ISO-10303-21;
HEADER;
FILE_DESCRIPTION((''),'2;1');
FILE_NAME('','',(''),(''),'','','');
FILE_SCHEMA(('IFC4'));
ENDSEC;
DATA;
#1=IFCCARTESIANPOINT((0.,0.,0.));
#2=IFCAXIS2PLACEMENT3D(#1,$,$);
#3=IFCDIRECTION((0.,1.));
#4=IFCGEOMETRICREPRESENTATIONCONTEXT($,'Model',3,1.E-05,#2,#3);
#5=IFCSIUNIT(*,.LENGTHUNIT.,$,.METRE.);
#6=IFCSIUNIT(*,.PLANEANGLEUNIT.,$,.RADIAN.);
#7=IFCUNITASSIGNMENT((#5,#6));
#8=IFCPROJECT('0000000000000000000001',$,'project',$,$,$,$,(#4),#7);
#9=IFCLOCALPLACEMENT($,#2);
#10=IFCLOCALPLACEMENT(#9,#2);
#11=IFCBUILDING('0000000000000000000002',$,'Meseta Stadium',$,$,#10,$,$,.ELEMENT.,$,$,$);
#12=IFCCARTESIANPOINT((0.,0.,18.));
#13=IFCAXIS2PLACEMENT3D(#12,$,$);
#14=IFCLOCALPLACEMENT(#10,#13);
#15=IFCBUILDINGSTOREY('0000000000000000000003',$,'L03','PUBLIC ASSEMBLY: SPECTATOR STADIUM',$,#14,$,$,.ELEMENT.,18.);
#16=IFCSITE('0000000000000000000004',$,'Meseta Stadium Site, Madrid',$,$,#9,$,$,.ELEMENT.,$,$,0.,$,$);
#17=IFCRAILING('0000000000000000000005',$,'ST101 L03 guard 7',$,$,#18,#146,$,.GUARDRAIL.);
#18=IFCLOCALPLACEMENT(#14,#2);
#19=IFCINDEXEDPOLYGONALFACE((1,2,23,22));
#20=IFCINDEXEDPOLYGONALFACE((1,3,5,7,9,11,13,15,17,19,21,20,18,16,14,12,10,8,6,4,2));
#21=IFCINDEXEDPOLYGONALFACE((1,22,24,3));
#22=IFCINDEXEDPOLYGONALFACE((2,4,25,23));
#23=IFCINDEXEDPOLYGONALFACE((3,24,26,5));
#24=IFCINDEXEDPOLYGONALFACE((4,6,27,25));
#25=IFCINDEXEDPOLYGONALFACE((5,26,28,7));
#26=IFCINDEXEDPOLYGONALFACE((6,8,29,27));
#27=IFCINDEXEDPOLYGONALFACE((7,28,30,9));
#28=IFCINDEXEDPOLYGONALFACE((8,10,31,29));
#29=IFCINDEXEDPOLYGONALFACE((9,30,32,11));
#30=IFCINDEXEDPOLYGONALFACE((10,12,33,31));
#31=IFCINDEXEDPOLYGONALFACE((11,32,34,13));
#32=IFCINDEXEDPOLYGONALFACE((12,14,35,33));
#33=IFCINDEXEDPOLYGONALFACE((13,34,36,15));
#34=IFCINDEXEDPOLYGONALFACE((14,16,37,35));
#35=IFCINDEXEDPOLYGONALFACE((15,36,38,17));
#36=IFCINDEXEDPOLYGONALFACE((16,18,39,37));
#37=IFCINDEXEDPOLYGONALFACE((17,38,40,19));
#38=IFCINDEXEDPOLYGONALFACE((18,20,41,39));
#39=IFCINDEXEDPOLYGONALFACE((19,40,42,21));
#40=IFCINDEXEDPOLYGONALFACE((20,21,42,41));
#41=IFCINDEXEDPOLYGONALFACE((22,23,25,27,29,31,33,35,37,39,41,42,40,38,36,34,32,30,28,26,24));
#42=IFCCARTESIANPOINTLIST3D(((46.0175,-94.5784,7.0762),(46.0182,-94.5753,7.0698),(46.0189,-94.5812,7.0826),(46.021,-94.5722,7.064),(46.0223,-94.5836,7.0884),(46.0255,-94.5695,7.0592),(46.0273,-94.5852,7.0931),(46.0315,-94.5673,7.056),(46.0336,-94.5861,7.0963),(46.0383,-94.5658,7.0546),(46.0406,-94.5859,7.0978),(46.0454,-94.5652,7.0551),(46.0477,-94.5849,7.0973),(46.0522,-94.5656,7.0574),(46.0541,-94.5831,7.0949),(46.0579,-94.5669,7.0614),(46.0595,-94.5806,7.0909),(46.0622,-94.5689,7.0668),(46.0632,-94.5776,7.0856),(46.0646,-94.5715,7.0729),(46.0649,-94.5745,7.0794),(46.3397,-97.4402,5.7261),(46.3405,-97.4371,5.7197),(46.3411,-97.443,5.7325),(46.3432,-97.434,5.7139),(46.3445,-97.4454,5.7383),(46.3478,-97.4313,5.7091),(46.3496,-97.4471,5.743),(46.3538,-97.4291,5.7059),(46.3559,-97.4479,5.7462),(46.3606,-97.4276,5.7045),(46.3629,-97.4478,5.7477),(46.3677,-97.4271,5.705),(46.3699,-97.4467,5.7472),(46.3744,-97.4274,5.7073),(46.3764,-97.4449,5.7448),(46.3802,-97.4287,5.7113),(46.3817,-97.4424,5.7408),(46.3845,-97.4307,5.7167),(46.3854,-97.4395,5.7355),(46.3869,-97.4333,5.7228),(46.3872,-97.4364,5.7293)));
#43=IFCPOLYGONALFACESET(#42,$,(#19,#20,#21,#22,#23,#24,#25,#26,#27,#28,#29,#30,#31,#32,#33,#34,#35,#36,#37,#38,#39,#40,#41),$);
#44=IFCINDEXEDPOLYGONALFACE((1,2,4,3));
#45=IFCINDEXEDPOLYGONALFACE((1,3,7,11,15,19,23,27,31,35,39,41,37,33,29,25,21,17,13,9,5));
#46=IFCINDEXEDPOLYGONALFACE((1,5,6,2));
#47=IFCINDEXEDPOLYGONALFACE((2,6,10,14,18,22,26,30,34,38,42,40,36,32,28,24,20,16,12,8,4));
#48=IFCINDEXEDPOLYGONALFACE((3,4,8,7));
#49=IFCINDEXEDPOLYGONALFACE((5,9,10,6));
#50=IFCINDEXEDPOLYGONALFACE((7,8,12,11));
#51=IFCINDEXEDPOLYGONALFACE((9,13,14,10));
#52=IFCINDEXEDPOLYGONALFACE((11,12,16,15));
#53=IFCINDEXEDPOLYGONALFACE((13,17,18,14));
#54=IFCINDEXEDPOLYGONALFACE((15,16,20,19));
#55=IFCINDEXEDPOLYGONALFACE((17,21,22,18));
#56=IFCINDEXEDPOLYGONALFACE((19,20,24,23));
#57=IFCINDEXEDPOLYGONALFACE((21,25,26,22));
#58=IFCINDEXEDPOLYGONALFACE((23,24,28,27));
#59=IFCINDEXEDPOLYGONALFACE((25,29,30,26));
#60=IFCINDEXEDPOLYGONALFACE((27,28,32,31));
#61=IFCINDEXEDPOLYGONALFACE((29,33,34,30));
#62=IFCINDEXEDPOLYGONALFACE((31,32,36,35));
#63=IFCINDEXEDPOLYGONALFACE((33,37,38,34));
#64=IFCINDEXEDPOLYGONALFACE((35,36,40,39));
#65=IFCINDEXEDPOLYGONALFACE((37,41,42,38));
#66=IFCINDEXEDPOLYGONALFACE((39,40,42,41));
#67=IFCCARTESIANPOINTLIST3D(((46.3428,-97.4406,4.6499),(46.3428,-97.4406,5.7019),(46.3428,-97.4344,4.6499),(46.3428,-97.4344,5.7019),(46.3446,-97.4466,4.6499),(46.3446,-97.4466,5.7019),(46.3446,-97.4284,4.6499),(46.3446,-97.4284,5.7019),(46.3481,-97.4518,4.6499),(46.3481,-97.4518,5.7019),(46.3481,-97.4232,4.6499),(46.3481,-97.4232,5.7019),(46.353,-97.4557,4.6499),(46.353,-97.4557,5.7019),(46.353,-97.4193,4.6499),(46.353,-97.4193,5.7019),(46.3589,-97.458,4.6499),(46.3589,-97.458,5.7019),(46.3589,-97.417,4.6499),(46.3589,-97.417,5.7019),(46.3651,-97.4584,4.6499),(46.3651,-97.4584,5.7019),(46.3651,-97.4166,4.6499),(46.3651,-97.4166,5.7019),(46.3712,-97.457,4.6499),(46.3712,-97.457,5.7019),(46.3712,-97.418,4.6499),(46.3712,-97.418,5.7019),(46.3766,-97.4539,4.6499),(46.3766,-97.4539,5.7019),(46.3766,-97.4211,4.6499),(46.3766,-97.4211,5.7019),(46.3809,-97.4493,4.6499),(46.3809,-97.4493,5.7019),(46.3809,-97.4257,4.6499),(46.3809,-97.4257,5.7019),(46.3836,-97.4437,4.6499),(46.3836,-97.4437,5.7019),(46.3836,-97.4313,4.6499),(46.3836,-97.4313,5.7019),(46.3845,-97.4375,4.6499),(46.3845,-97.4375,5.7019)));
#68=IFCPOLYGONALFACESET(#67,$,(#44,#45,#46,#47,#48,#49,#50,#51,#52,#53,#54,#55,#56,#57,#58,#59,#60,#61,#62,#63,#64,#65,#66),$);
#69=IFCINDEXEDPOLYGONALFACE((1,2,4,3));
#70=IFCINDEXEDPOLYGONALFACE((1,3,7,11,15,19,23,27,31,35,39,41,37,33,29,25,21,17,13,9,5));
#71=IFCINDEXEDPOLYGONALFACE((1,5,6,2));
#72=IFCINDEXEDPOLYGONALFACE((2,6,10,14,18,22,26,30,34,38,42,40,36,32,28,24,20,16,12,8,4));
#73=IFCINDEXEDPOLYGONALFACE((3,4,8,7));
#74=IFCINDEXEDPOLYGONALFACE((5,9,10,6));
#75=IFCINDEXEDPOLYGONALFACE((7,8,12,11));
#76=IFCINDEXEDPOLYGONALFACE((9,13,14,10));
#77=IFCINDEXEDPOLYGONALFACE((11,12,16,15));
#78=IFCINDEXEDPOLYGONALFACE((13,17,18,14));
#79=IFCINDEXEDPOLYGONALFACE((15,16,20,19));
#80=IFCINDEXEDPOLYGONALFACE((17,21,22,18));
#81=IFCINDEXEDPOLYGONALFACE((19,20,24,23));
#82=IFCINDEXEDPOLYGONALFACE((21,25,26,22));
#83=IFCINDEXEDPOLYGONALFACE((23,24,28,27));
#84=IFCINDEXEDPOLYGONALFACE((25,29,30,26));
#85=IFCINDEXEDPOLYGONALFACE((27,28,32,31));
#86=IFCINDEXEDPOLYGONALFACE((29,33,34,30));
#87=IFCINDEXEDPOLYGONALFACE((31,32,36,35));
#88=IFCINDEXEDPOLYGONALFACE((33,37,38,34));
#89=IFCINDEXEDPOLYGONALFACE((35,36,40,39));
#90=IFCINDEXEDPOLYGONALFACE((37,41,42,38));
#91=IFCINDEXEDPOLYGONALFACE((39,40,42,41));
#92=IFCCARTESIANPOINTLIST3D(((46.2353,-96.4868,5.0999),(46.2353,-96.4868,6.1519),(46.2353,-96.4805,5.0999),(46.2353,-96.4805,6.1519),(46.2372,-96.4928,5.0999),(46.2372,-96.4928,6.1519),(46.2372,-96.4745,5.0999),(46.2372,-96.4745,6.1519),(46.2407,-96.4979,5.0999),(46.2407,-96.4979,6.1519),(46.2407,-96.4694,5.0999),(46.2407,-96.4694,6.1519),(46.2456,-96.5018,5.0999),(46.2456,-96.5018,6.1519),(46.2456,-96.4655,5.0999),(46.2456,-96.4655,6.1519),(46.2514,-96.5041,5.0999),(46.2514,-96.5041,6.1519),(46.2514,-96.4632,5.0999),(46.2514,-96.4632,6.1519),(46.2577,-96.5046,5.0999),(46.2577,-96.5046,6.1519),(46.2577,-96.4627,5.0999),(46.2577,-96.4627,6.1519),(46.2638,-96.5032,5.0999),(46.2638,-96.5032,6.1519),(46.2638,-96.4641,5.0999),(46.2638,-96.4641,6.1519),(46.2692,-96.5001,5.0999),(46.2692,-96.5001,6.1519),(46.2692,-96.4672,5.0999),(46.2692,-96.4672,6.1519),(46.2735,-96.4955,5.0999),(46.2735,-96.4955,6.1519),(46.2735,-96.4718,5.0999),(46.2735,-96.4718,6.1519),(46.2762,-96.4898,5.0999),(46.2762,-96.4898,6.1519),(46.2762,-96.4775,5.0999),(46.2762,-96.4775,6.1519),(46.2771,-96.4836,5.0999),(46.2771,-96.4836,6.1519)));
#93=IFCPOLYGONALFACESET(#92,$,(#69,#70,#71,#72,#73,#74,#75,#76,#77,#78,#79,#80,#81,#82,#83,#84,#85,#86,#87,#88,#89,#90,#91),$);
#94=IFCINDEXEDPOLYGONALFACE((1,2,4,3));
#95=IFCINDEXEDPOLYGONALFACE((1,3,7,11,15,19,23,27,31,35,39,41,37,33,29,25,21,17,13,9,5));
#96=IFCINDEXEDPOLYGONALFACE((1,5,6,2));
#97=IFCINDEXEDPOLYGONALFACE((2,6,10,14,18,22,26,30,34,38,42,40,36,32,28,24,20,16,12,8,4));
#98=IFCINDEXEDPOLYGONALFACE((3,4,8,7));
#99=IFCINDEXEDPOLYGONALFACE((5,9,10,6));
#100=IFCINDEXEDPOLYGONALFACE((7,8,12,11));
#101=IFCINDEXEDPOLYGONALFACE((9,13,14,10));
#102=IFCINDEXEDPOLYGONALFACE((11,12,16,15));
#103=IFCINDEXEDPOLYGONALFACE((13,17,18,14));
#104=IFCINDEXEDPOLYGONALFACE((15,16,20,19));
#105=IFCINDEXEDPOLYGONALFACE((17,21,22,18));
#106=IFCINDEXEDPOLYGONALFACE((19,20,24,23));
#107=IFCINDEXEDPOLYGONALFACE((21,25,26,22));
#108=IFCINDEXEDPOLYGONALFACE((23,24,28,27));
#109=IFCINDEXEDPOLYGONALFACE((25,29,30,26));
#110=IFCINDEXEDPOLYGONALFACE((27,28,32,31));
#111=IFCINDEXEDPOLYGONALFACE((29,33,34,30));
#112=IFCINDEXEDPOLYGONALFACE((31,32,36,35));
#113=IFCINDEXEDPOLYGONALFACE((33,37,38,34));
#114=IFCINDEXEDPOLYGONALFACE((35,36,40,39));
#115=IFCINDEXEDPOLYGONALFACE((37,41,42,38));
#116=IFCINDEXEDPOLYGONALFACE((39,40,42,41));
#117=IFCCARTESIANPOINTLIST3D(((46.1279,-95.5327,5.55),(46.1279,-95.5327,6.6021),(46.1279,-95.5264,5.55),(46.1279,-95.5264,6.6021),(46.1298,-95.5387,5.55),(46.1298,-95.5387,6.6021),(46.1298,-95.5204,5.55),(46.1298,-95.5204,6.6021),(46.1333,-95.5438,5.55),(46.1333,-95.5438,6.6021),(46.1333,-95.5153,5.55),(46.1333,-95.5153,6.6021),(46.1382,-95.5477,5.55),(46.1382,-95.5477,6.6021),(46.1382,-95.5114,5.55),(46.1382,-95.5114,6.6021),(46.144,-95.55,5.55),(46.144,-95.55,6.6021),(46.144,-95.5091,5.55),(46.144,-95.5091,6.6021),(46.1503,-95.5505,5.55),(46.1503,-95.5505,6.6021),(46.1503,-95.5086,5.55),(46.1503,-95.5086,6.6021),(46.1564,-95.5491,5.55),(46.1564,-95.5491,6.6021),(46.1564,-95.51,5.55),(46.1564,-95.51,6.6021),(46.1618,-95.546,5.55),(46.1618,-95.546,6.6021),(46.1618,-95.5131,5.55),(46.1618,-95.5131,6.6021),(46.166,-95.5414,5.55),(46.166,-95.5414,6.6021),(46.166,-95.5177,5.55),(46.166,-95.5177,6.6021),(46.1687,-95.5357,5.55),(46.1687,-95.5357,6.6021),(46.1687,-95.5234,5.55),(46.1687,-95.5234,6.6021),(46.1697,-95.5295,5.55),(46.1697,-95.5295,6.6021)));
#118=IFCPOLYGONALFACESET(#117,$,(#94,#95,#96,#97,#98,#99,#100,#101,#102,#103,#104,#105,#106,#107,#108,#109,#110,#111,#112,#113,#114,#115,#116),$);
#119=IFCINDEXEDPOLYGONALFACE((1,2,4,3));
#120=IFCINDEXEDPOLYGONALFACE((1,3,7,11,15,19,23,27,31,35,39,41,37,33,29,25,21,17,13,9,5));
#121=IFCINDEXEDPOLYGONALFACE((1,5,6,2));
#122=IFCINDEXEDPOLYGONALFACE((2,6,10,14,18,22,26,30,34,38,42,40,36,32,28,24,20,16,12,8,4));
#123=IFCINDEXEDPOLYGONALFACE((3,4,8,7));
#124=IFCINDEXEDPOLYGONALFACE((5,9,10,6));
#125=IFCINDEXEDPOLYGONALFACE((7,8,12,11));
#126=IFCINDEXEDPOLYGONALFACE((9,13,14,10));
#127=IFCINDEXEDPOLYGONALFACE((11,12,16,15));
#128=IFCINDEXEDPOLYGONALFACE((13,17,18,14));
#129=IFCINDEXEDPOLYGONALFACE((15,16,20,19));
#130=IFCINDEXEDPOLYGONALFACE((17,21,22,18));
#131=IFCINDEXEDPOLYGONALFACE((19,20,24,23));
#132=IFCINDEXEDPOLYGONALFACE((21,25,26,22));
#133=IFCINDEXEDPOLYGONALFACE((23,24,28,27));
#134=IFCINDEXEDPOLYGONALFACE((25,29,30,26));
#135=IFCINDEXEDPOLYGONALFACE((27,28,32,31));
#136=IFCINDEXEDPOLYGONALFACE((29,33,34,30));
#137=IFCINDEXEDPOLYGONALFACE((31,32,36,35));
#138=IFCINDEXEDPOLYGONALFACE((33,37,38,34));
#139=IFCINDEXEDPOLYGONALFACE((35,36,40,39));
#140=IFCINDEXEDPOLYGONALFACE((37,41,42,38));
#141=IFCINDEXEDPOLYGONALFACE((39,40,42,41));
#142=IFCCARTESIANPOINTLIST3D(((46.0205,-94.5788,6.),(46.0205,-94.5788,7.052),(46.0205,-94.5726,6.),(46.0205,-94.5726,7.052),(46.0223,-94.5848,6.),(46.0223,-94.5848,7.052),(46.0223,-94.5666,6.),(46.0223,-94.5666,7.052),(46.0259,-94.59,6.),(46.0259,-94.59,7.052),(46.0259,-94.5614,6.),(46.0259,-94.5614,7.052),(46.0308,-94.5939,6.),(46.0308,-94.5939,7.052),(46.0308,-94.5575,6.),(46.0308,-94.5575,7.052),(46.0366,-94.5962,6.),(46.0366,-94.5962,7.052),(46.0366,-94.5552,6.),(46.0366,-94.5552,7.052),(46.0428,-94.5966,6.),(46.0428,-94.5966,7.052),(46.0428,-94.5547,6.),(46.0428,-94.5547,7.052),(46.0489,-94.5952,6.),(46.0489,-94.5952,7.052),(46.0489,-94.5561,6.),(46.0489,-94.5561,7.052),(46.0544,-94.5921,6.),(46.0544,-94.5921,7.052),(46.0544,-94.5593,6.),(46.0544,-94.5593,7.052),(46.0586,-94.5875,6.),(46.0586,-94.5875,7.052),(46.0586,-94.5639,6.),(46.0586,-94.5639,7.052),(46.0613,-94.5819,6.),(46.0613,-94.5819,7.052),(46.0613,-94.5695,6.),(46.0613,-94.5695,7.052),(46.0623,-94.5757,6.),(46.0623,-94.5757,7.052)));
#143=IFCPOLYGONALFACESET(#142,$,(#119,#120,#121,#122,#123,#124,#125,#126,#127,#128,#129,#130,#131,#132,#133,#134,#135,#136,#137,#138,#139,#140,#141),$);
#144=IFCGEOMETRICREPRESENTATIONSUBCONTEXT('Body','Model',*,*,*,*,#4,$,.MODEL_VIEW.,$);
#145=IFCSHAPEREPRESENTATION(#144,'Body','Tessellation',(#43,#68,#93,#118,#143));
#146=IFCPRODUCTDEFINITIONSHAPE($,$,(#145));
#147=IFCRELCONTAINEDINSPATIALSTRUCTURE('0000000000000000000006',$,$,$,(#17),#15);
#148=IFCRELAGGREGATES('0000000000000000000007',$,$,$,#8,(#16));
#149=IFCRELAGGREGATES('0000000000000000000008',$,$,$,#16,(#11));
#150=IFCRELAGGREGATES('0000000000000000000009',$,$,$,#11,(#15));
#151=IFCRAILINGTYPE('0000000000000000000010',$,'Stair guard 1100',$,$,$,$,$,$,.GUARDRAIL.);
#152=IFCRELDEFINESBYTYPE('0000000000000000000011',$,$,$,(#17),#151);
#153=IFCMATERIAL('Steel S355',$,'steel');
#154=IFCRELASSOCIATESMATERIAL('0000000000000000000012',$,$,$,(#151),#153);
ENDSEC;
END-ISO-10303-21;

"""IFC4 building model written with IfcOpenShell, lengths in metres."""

from ifc_helpers import new_model, si_unit, direction, frame, origin, origin_2d, place, context, subcontext, project, spatial, circle, extrude, material, type_object, element, save


model = new_model("IFC4")

# Units and contexts
model_context = context("Model", 3, precision=1e-05, world=origin(), true_north=direction((0.0, 1.0)))
body_context = subcontext(model_context, "Body", "Model", "MODEL_VIEW")
ifc_project = project(units=[si_unit("LENGTHUNIT", "METRE"), si_unit("PLANEANGLEUNIT", "RADIAN")], contexts=[model_context])

# Site, building, storey
site_placement = place(None, origin())
site = spatial("IfcSite", under=ifc_project, at=site_placement, Name="Meseta Stadium Site, Madrid", CompositionType="ELEMENT", RefElevation=0.0)
building_placement = place(site_placement, origin())
building = spatial("IfcBuilding", under=site, at=building_placement, Name="Meseta Stadium", CompositionType="ELEMENT")
storey_placement = place(building_placement, frame((0.0, 0.0, 18.0)))
storey = spatial("IfcBuildingStorey", under=building, at=storey_placement, Name="L03", Description="PUBLIC ASSEMBLY: SPECTATOR STADIUM", CompositionType="ELEMENT", Elevation=18.0)

# Railing
ifc_material_1 = material(Name="Steel S355", Category="steel")
railing_type_1 = type_object("IfcRailingType", Name="Stair guard 1100", PredefinedType="GUARDRAIL", material=ifc_material_1)
railing_1_placement = place(storey_placement, frame((46.3635, -97.4375, 4.6499)))
element("IfcRailing", 1, at=railing_1_placement, inside=storey, type_object=railing_type_1, Name="ST101 L03 guard 7", PredefinedType="GUARDRAIL", context=body_context, shape_type="SweptSolid", body=[
    extrude(circle(Radius=0.0239, at=origin_2d()), frame((0.0, 0.0, 1.0762), z_axis=(-0.10132, 0.899755, 0.424471), x_axis=(-0.993719, -0.111902, 0.0)), (0.0, 0.0, 1.0), 3.1807),
    extrude(circle(Radius=0.021, at=origin_2d()), origin(), (0.0, 0.0, 1.0), 1.052),
    extrude(circle(Radius=0.021, at=origin_2d()), frame((-0.1074, 0.9539, 0.45)), (0.0, 0.0, 1.0), 1.052),
    extrude(circle(Radius=0.021, at=origin_2d()), frame((-0.2148, 1.908, 0.9001)), (0.0, 0.0, 1.0), 1.052),
    extrude(circle(Radius=0.021, at=origin_2d()), frame((-0.3223, 2.8618, 1.3501)), (0.0, 0.0, 1.0), 1.052),
])

save(model, "model.ifc")
